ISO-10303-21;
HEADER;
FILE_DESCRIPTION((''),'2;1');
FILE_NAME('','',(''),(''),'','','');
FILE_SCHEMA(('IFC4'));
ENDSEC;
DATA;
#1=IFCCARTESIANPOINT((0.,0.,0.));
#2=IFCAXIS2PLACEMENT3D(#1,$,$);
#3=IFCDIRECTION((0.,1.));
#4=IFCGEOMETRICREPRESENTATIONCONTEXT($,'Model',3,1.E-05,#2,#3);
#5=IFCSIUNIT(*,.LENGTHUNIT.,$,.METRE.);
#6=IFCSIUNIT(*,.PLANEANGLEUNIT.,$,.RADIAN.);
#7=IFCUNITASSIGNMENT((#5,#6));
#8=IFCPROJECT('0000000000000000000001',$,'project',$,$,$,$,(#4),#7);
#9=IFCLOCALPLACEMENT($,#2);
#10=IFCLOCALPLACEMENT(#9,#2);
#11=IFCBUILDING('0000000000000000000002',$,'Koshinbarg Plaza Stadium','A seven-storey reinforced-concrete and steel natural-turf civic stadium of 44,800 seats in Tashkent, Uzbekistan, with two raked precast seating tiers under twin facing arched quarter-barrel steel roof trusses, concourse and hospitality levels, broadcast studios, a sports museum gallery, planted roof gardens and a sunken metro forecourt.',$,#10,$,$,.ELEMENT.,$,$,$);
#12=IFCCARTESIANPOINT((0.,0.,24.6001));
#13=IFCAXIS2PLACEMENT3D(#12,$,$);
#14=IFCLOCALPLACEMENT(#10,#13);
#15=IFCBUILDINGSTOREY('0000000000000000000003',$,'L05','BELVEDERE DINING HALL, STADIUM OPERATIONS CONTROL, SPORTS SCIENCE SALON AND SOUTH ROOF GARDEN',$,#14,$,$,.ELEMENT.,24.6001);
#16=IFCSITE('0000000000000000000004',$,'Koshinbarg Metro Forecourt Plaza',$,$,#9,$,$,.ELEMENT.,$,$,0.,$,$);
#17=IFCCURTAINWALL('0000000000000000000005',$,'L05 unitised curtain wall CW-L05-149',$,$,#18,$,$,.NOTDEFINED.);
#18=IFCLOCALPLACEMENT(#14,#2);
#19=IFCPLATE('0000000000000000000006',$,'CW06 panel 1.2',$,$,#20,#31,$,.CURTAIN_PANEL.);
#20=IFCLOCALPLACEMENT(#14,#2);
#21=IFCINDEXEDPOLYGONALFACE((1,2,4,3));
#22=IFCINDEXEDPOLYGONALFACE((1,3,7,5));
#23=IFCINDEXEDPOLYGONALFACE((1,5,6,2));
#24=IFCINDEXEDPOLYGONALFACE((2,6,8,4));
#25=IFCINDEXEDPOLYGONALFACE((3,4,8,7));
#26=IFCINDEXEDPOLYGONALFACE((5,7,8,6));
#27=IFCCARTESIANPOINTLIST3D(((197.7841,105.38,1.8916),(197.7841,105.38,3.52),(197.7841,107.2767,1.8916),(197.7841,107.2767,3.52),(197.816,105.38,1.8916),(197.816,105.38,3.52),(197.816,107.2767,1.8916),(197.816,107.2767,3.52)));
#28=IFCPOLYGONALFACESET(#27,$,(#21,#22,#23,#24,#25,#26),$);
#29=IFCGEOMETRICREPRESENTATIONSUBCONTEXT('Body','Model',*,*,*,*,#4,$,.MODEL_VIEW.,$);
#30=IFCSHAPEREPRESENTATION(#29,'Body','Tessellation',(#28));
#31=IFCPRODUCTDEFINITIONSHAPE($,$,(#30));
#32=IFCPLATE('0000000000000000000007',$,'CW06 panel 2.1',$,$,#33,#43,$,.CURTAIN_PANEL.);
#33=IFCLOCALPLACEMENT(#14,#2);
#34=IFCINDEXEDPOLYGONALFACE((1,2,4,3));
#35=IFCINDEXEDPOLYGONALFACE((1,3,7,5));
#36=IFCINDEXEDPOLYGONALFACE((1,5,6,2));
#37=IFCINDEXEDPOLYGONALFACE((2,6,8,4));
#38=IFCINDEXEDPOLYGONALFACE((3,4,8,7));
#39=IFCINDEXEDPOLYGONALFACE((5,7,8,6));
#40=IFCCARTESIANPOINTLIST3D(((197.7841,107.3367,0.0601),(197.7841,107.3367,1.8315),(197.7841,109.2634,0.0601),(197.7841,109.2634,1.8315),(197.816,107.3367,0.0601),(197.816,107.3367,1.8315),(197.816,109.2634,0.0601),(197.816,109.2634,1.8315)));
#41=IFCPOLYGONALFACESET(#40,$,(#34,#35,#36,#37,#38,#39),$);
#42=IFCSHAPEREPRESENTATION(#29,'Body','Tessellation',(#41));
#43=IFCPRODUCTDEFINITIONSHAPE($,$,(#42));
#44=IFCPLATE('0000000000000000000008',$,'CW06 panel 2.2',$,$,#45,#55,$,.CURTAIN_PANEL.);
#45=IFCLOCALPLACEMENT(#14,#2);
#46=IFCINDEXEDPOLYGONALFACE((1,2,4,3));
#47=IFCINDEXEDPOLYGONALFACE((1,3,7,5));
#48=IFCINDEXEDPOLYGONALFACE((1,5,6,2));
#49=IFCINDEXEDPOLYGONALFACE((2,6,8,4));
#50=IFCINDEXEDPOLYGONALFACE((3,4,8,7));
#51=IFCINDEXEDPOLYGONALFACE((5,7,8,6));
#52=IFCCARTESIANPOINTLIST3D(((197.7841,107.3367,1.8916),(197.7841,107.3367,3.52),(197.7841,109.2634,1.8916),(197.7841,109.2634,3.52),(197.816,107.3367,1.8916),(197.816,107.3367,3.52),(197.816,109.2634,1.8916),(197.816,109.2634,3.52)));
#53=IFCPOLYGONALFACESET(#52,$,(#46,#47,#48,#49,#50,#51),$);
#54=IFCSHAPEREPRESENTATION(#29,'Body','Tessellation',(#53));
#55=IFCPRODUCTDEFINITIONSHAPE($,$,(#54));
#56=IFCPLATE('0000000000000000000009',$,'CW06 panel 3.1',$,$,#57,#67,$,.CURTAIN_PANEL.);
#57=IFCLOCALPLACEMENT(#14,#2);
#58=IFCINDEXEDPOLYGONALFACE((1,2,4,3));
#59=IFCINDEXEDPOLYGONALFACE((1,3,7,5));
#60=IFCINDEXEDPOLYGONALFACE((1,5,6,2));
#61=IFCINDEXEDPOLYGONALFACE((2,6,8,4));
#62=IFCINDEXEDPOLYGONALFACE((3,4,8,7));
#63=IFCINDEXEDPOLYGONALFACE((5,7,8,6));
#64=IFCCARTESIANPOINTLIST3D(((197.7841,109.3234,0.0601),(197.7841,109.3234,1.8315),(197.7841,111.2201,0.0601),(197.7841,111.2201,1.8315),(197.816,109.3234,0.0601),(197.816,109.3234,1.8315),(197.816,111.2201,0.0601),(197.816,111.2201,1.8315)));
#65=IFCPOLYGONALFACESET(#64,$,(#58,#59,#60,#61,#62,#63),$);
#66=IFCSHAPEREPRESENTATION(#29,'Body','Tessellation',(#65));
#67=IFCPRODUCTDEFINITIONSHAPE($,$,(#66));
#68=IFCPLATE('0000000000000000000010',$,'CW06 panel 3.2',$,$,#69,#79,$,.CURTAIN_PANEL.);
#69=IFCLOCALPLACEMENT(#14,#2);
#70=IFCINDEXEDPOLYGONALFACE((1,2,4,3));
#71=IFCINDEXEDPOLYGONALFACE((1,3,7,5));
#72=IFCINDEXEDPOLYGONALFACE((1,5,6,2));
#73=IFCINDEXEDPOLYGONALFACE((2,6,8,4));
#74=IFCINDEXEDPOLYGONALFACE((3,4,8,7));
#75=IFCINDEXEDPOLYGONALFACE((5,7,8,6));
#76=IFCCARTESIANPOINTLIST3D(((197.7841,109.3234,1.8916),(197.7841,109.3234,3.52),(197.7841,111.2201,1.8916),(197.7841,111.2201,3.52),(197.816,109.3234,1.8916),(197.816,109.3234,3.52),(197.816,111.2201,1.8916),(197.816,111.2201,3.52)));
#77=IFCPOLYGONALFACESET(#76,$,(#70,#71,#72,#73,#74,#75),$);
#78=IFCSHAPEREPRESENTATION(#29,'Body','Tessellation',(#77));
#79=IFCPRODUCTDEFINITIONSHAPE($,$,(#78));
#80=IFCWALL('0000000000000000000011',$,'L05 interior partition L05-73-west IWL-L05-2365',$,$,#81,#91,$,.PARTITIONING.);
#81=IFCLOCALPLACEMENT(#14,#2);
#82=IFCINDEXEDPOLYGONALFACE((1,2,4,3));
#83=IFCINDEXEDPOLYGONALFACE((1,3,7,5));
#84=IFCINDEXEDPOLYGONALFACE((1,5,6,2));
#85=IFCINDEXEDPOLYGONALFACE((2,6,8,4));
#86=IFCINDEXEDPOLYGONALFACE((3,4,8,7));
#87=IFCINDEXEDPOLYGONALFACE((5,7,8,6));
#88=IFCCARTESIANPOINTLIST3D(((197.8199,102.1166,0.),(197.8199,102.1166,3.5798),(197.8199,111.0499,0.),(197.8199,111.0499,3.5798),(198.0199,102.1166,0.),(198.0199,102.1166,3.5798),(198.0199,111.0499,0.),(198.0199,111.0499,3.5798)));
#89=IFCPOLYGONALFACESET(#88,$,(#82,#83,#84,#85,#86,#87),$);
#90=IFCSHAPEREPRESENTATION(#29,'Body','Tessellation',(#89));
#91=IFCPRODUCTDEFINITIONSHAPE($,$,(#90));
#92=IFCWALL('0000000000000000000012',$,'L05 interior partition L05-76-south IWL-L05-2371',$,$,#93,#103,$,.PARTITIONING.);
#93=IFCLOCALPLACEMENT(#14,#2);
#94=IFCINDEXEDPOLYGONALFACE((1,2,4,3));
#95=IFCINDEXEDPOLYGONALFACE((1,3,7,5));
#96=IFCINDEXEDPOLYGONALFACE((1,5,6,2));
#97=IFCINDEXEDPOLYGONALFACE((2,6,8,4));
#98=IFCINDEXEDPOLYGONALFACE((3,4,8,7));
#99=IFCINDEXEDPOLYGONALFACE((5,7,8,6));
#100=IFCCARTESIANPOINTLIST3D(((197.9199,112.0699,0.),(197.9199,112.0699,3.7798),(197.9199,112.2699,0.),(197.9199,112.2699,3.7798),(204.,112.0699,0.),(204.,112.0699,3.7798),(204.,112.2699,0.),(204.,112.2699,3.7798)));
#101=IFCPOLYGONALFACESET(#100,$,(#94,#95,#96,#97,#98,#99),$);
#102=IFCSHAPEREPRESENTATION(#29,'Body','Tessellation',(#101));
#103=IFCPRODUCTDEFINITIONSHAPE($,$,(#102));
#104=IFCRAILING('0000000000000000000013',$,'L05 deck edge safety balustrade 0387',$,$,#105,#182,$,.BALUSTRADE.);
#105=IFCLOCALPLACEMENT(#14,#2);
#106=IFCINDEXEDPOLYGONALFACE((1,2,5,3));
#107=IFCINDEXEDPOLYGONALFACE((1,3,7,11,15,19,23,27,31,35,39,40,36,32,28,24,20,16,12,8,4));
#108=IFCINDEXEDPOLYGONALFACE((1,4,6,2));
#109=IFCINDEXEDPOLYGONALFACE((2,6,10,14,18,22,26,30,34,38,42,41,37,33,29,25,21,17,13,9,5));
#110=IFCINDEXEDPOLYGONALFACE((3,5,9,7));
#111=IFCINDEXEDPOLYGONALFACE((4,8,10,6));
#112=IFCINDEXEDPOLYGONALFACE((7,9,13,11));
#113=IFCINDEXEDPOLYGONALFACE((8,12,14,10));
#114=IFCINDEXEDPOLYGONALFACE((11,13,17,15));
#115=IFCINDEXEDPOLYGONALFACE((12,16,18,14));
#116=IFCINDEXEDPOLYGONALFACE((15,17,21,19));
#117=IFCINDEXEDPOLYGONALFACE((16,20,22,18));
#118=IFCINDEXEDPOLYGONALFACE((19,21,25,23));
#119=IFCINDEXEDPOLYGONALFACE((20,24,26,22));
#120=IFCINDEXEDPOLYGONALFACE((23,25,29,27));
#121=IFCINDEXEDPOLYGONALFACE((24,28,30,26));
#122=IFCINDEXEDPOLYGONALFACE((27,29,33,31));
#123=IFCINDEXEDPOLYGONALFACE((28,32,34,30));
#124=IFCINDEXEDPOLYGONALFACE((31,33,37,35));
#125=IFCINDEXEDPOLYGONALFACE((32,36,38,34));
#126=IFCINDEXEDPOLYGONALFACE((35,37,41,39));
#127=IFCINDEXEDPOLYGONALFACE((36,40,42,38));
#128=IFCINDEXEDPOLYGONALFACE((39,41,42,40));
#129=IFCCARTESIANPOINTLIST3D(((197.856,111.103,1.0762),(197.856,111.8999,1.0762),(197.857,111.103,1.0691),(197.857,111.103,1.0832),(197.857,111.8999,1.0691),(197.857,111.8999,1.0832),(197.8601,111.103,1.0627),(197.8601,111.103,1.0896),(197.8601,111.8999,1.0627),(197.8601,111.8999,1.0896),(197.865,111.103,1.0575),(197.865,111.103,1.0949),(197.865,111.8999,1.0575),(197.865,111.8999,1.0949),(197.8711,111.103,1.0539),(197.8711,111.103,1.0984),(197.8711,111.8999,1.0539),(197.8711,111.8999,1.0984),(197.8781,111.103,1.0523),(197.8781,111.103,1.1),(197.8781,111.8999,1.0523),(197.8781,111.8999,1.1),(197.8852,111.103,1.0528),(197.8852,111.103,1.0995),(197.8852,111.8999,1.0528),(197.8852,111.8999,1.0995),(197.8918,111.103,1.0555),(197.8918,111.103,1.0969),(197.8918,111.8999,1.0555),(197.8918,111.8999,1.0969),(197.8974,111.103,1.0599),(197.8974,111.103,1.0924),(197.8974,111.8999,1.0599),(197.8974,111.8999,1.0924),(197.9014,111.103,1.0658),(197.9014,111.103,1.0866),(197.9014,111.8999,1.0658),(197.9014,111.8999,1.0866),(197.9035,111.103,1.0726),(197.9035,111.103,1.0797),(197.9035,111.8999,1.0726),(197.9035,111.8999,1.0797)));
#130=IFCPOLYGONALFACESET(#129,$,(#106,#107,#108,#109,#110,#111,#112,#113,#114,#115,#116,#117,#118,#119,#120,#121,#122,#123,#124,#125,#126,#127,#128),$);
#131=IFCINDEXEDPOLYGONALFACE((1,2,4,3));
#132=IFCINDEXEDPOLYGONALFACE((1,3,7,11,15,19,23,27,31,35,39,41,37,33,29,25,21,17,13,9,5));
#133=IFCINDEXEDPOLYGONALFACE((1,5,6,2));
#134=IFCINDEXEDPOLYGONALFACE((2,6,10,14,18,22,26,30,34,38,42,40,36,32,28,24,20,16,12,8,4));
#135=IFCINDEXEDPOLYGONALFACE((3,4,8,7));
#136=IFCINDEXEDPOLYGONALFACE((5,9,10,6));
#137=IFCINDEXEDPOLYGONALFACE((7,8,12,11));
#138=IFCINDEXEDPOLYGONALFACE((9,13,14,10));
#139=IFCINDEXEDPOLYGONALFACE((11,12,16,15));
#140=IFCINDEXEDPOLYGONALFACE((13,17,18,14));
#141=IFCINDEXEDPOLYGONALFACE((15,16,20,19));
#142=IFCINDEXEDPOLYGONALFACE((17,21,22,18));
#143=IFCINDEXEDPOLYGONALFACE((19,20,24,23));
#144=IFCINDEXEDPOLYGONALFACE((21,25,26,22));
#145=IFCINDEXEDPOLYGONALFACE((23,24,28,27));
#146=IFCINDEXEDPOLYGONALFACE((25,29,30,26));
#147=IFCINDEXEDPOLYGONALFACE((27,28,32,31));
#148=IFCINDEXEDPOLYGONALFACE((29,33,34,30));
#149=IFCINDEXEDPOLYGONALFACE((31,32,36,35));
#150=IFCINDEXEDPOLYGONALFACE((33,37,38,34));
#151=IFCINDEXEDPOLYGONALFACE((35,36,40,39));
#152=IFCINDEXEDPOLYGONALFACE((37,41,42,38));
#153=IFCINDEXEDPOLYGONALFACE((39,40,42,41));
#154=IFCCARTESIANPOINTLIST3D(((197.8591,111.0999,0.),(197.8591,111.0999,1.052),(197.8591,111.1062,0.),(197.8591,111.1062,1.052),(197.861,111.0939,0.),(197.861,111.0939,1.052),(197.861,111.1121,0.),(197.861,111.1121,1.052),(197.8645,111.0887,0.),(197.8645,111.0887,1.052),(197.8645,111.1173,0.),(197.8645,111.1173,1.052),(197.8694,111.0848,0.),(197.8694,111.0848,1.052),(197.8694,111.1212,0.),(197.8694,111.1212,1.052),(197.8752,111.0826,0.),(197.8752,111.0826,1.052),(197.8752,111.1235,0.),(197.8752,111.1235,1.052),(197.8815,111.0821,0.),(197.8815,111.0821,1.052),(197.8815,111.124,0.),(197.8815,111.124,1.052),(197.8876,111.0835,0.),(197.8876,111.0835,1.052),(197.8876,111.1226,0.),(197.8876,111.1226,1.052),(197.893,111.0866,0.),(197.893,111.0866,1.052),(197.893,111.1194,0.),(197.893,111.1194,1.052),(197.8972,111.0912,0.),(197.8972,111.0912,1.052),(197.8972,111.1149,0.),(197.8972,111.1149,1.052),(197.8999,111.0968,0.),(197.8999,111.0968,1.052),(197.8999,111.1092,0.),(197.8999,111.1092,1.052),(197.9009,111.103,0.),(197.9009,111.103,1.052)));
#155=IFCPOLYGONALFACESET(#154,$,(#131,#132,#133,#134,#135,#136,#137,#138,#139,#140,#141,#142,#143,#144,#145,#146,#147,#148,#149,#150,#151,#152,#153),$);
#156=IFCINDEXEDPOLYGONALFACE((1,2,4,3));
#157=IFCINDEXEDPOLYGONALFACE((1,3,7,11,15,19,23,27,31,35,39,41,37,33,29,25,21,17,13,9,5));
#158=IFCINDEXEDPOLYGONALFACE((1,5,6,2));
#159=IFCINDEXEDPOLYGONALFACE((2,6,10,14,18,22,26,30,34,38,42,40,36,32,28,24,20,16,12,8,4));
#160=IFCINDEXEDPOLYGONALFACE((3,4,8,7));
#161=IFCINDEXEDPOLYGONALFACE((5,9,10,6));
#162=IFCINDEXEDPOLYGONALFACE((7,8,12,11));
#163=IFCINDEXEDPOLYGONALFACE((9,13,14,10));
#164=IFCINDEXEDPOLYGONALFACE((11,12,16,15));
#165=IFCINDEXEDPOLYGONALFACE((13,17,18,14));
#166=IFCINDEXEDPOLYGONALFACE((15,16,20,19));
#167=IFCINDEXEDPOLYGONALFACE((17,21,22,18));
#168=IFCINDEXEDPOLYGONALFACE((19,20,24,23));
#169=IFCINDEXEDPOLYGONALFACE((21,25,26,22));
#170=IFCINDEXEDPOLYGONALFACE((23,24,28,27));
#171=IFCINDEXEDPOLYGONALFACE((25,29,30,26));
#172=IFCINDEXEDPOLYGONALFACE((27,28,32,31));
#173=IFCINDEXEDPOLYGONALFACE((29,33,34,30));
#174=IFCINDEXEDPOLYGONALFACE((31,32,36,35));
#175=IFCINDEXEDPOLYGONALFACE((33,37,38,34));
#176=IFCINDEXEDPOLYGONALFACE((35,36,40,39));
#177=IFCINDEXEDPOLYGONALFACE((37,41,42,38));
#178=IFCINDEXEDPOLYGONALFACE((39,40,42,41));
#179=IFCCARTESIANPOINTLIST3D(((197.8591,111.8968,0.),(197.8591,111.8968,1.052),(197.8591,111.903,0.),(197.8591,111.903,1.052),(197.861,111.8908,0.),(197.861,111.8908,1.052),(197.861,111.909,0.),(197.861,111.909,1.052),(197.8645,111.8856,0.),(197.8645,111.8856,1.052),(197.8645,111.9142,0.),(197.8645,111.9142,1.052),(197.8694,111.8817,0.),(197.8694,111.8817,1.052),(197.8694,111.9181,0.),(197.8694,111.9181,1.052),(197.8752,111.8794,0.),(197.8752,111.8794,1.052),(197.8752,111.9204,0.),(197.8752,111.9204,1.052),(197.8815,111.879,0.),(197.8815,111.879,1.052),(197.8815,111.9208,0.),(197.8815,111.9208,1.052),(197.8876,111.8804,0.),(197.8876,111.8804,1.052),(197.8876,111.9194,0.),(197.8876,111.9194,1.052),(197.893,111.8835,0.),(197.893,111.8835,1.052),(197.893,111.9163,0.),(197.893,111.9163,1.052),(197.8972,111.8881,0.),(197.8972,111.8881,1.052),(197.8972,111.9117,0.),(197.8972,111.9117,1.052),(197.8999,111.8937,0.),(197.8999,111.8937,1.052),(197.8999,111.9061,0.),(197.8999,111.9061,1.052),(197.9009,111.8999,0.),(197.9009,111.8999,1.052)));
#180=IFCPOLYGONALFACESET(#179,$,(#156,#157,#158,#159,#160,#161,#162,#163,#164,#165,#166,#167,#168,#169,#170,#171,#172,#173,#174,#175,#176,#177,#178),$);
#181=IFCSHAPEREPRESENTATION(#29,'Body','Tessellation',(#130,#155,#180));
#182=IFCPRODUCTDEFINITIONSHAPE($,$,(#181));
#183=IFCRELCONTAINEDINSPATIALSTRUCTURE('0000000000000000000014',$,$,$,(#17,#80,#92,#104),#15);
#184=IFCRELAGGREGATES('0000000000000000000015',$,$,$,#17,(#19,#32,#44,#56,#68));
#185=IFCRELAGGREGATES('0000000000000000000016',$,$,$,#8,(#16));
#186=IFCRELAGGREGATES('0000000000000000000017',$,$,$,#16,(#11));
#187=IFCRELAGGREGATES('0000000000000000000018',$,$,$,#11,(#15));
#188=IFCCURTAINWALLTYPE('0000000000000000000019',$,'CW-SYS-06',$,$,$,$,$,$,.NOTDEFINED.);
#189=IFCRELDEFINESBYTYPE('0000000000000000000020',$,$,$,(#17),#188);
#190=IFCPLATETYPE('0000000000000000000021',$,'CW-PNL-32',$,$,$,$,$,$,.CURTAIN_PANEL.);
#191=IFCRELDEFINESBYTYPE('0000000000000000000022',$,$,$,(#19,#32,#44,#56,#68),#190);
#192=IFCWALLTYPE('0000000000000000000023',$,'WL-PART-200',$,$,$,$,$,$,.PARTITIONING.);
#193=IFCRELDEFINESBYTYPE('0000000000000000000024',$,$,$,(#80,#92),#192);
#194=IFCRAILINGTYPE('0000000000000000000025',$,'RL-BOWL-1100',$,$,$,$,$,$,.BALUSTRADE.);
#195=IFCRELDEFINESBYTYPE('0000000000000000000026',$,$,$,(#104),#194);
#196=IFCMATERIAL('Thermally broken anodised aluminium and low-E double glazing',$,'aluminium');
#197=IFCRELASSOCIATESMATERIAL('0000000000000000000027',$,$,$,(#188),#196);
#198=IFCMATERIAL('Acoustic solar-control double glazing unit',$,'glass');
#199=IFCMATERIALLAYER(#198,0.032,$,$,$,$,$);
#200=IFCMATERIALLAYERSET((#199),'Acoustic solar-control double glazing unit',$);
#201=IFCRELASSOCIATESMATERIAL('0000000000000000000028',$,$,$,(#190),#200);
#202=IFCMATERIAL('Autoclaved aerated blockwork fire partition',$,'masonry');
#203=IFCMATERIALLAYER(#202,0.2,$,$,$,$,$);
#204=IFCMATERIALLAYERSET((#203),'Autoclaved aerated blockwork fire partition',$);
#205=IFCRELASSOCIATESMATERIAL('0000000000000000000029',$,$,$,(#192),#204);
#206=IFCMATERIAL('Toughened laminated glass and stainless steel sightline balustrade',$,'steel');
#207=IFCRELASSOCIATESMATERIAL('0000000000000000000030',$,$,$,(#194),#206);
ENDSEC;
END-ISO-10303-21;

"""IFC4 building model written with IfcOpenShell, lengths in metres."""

from ifc_helpers import new_model, si_unit, direction, frame, frame_2d, origin, origin_2d, place, context, subcontext, project, spatial, rectangle, circle, extrude, material, layer, layer_set, type_object, element, aggregate, save


model = new_model("IFC4")

# Units and contexts
model_context = context("Model", 3, precision=1e-05, world=origin(), true_north=direction((0.0, 1.0)))
body_context = subcontext(model_context, "Body", "Model", "MODEL_VIEW")
ifc_project = project(units=[si_unit("LENGTHUNIT", "METRE"), si_unit("PLANEANGLEUNIT", "RADIAN")], contexts=[model_context])

# Site, building, storey
site_placement = place(None, origin())
site = spatial("IfcSite", under=ifc_project, at=site_placement, Name="Koshinbarg Metro Forecourt Plaza", CompositionType="ELEMENT", RefElevation=0.0)
building_placement = place(site_placement, origin())
building = spatial("IfcBuilding", under=site, at=building_placement, Name="Koshinbarg Plaza Stadium", Description="A seven-storey reinforced-concrete and steel natural-turf civic stadium of 44,800 seats in Tashkent, Uzbekistan, with two raked precast seating tiers under twin facing arched quarter-barrel steel roof trusses, concourse and hospitality levels, broadcast studios, a sports museum gallery, planted roof gardens and a sunken metro forecourt.", CompositionType="ELEMENT")
storey_placement = place(building_placement, frame((0.0, 0.0, 24.6001)))
storey = spatial("IfcBuildingStorey", under=building, at=storey_placement, Name="L05", Description="BELVEDERE DINING HALL, STADIUM OPERATIONS CONTROL, SPORTS SCIENCE SALON AND SOUTH ROOF GARDEN", CompositionType="ELEMENT", Elevation=24.6001)

# Curtain wall, plates
ifc_material_1 = material(Name="Thermally broken anodised aluminium and low-E double glazing", Category="aluminium")
curtain_wall_type = type_object("IfcCurtainWallType", Name="CW-SYS-06", PredefinedType="NOTDEFINED", material=ifc_material_1)
curtain_wall_placement = place(storey_placement, origin())
curtain_wall = element("IfcCurtainWall", 1, at=curtain_wall_placement, inside=storey, type_object=curtain_wall_type, Name="L05 unitised curtain wall CW-L05-149", PredefinedType="NOTDEFINED")
ifc_material_2 = material(Name="Acoustic solar-control double glazing unit", Category="glass")
ifc_layer_1 = layer(ifc_material_2, 0.032)
ifc_layer_set_1 = layer_set([ifc_layer_1], Name="Acoustic solar-control double glazing unit")
plate_type = type_object("IfcPlateType", Name="CW-PNL-32", PredefinedType="CURTAIN_PANEL", material=ifc_layer_set_1)
plate_1_placement = place(storey_placement, frame((197.8, 106.3284, 1.8916), z_axis=(0.0, 0.0, 1.0), x_axis=(0.0, 1.0, 0.0)))
plate_1 = element("IfcPlate", 2, at=plate_1_placement, type_object=plate_type, Name="CW06 panel 1.2", PredefinedType="CURTAIN_PANEL", context=body_context, shape_type="SweptSolid", body=[
    extrude(rectangle(XDim=1.8967, YDim=0.032, at=origin_2d()), origin(), (0.0, 0.0, 1.0), 1.6284),
])
plate_2_placement = place(storey_placement, frame((197.8, 108.3, 0.0601), z_axis=(0.0, 0.0, 1.0), x_axis=(0.0, 1.0, 0.0)))
plate_2 = element("IfcPlate", 3, at=plate_2_placement, type_object=plate_type, Name="CW06 panel 2.1", PredefinedType="CURTAIN_PANEL", context=body_context, shape_type="SweptSolid", body=[
    extrude(rectangle(XDim=1.9268, YDim=0.032, at=origin_2d()), origin(), (0.0, 0.0, 1.0), 1.7715),
])
plate_3_placement = place(storey_placement, frame((197.8, 108.3, 1.8916), z_axis=(0.0, 0.0, 1.0), x_axis=(0.0, 1.0, 0.0)))
plate_3 = element("IfcPlate", 4, at=plate_3_placement, type_object=plate_type, Name="CW06 panel 2.2", PredefinedType="CURTAIN_PANEL", context=body_context, shape_type="SweptSolid", body=[
    extrude(rectangle(XDim=1.9268, YDim=0.032, at=origin_2d()), origin(), (0.0, 0.0, 1.0), 1.6284),
])
plate_4_placement = place(storey_placement, frame((197.8, 110.2717, 0.0601), z_axis=(0.0, 0.0, 1.0), x_axis=(0.0, 1.0, 0.0)))
plate_4 = element("IfcPlate", 5, at=plate_4_placement, type_object=plate_type, Name="CW06 panel 3.1", PredefinedType="CURTAIN_PANEL", context=body_context, shape_type="SweptSolid", body=[
    extrude(rectangle(XDim=1.8967, YDim=0.032, at=origin_2d()), origin(), (0.0, 0.0, 1.0), 1.7715),
])
plate_5_placement = place(storey_placement, frame((197.8, 110.2717, 1.8916), z_axis=(0.0, 0.0, 1.0), x_axis=(0.0, 1.0, 0.0)))
plate_5 = element("IfcPlate", 6, at=plate_5_placement, type_object=plate_type, Name="CW06 panel 3.2", PredefinedType="CURTAIN_PANEL", context=body_context, shape_type="SweptSolid", body=[
    extrude(rectangle(XDim=1.8967, YDim=0.032, at=origin_2d()), origin(), (0.0, 0.0, 1.0), 1.6284),
])
aggregate(curtain_wall, [plate_1, plate_2, plate_3, plate_4, plate_5])

# Walls
ifc_material_3 = material(Name="Autoclaved aerated blockwork fire partition", Category="masonry")
ifc_layer_2 = layer(ifc_material_3, 0.2)
ifc_layer_set_2 = layer_set([ifc_layer_2], Name="Autoclaved aerated blockwork fire partition")
wall_type = type_object("IfcWallType", Name="WL-PART-200", PredefinedType="PARTITIONING", material=ifc_layer_set_2)
wall_1_placement = place(storey_placement, frame((197.9199, 111.05, 0.0), z_axis=(0.0, 0.0, 1.0), x_axis=(0.0, -1.0, 0.0)))
element("IfcWall", 7, at=wall_1_placement, inside=storey, type_object=wall_type, Name="L05 interior partition L05-73-west IWL-L05-2365", PredefinedType="PARTITIONING", context=body_context, shape_type="SweptSolid", body=[
    extrude(rectangle(XDim=8.9333, YDim=0.2, at=frame_2d((4.4668, 0.0))), origin(), (0.0, 0.0, 1.0), 3.5798),
])
wall_2_placement = place(storey_placement, frame((197.9199, 112.1699, 0.0), z_axis=(0.0, 0.0, 1.0), x_axis=(1.0, 0.0, 0.0)))
element("IfcWall", 8, at=wall_2_placement, inside=storey, type_object=wall_type, Name="L05 interior partition L05-76-south IWL-L05-2371", PredefinedType="PARTITIONING", context=body_context, shape_type="SweptSolid", body=[
    extrude(rectangle(XDim=6.0801, YDim=0.2, at=frame_2d((3.04, 0.0))), origin(), (0.0, 0.0, 1.0), 3.7798),
])

# Railing
ifc_material_4 = material(Name="Toughened laminated glass and stainless steel sightline balustrade", Category="steel")
railing_type = type_object("IfcRailingType", Name="RL-BOWL-1100", PredefinedType="BALUSTRADE", material=ifc_material_4)
railing_1_placement = place(storey_placement, frame((197.8799, 111.103, 0.0)))
element("IfcRailing", 9, at=railing_1_placement, inside=storey, type_object=railing_type, Name="L05 deck edge safety balustrade 0387", PredefinedType="BALUSTRADE", context=body_context, shape_type="SweptSolid", body=[
    extrude(circle(Radius=0.0239, at=origin_2d()), frame((0.0, 0.0, 1.0762), z_axis=(0.0, 1.0, 0.0), x_axis=(-1.0, 0.0, 0.0)), (0.0, 0.0, 1.0), 0.7969),
    extrude(circle(Radius=0.021, at=origin_2d()), origin(), (0.0, 0.0, 1.0), 1.052),
    extrude(circle(Radius=0.021, at=origin_2d()), frame((0.0, 0.7969, 0.0)), (0.0, 0.0, 1.0), 1.052),
])

save(model, "model.ifc")
